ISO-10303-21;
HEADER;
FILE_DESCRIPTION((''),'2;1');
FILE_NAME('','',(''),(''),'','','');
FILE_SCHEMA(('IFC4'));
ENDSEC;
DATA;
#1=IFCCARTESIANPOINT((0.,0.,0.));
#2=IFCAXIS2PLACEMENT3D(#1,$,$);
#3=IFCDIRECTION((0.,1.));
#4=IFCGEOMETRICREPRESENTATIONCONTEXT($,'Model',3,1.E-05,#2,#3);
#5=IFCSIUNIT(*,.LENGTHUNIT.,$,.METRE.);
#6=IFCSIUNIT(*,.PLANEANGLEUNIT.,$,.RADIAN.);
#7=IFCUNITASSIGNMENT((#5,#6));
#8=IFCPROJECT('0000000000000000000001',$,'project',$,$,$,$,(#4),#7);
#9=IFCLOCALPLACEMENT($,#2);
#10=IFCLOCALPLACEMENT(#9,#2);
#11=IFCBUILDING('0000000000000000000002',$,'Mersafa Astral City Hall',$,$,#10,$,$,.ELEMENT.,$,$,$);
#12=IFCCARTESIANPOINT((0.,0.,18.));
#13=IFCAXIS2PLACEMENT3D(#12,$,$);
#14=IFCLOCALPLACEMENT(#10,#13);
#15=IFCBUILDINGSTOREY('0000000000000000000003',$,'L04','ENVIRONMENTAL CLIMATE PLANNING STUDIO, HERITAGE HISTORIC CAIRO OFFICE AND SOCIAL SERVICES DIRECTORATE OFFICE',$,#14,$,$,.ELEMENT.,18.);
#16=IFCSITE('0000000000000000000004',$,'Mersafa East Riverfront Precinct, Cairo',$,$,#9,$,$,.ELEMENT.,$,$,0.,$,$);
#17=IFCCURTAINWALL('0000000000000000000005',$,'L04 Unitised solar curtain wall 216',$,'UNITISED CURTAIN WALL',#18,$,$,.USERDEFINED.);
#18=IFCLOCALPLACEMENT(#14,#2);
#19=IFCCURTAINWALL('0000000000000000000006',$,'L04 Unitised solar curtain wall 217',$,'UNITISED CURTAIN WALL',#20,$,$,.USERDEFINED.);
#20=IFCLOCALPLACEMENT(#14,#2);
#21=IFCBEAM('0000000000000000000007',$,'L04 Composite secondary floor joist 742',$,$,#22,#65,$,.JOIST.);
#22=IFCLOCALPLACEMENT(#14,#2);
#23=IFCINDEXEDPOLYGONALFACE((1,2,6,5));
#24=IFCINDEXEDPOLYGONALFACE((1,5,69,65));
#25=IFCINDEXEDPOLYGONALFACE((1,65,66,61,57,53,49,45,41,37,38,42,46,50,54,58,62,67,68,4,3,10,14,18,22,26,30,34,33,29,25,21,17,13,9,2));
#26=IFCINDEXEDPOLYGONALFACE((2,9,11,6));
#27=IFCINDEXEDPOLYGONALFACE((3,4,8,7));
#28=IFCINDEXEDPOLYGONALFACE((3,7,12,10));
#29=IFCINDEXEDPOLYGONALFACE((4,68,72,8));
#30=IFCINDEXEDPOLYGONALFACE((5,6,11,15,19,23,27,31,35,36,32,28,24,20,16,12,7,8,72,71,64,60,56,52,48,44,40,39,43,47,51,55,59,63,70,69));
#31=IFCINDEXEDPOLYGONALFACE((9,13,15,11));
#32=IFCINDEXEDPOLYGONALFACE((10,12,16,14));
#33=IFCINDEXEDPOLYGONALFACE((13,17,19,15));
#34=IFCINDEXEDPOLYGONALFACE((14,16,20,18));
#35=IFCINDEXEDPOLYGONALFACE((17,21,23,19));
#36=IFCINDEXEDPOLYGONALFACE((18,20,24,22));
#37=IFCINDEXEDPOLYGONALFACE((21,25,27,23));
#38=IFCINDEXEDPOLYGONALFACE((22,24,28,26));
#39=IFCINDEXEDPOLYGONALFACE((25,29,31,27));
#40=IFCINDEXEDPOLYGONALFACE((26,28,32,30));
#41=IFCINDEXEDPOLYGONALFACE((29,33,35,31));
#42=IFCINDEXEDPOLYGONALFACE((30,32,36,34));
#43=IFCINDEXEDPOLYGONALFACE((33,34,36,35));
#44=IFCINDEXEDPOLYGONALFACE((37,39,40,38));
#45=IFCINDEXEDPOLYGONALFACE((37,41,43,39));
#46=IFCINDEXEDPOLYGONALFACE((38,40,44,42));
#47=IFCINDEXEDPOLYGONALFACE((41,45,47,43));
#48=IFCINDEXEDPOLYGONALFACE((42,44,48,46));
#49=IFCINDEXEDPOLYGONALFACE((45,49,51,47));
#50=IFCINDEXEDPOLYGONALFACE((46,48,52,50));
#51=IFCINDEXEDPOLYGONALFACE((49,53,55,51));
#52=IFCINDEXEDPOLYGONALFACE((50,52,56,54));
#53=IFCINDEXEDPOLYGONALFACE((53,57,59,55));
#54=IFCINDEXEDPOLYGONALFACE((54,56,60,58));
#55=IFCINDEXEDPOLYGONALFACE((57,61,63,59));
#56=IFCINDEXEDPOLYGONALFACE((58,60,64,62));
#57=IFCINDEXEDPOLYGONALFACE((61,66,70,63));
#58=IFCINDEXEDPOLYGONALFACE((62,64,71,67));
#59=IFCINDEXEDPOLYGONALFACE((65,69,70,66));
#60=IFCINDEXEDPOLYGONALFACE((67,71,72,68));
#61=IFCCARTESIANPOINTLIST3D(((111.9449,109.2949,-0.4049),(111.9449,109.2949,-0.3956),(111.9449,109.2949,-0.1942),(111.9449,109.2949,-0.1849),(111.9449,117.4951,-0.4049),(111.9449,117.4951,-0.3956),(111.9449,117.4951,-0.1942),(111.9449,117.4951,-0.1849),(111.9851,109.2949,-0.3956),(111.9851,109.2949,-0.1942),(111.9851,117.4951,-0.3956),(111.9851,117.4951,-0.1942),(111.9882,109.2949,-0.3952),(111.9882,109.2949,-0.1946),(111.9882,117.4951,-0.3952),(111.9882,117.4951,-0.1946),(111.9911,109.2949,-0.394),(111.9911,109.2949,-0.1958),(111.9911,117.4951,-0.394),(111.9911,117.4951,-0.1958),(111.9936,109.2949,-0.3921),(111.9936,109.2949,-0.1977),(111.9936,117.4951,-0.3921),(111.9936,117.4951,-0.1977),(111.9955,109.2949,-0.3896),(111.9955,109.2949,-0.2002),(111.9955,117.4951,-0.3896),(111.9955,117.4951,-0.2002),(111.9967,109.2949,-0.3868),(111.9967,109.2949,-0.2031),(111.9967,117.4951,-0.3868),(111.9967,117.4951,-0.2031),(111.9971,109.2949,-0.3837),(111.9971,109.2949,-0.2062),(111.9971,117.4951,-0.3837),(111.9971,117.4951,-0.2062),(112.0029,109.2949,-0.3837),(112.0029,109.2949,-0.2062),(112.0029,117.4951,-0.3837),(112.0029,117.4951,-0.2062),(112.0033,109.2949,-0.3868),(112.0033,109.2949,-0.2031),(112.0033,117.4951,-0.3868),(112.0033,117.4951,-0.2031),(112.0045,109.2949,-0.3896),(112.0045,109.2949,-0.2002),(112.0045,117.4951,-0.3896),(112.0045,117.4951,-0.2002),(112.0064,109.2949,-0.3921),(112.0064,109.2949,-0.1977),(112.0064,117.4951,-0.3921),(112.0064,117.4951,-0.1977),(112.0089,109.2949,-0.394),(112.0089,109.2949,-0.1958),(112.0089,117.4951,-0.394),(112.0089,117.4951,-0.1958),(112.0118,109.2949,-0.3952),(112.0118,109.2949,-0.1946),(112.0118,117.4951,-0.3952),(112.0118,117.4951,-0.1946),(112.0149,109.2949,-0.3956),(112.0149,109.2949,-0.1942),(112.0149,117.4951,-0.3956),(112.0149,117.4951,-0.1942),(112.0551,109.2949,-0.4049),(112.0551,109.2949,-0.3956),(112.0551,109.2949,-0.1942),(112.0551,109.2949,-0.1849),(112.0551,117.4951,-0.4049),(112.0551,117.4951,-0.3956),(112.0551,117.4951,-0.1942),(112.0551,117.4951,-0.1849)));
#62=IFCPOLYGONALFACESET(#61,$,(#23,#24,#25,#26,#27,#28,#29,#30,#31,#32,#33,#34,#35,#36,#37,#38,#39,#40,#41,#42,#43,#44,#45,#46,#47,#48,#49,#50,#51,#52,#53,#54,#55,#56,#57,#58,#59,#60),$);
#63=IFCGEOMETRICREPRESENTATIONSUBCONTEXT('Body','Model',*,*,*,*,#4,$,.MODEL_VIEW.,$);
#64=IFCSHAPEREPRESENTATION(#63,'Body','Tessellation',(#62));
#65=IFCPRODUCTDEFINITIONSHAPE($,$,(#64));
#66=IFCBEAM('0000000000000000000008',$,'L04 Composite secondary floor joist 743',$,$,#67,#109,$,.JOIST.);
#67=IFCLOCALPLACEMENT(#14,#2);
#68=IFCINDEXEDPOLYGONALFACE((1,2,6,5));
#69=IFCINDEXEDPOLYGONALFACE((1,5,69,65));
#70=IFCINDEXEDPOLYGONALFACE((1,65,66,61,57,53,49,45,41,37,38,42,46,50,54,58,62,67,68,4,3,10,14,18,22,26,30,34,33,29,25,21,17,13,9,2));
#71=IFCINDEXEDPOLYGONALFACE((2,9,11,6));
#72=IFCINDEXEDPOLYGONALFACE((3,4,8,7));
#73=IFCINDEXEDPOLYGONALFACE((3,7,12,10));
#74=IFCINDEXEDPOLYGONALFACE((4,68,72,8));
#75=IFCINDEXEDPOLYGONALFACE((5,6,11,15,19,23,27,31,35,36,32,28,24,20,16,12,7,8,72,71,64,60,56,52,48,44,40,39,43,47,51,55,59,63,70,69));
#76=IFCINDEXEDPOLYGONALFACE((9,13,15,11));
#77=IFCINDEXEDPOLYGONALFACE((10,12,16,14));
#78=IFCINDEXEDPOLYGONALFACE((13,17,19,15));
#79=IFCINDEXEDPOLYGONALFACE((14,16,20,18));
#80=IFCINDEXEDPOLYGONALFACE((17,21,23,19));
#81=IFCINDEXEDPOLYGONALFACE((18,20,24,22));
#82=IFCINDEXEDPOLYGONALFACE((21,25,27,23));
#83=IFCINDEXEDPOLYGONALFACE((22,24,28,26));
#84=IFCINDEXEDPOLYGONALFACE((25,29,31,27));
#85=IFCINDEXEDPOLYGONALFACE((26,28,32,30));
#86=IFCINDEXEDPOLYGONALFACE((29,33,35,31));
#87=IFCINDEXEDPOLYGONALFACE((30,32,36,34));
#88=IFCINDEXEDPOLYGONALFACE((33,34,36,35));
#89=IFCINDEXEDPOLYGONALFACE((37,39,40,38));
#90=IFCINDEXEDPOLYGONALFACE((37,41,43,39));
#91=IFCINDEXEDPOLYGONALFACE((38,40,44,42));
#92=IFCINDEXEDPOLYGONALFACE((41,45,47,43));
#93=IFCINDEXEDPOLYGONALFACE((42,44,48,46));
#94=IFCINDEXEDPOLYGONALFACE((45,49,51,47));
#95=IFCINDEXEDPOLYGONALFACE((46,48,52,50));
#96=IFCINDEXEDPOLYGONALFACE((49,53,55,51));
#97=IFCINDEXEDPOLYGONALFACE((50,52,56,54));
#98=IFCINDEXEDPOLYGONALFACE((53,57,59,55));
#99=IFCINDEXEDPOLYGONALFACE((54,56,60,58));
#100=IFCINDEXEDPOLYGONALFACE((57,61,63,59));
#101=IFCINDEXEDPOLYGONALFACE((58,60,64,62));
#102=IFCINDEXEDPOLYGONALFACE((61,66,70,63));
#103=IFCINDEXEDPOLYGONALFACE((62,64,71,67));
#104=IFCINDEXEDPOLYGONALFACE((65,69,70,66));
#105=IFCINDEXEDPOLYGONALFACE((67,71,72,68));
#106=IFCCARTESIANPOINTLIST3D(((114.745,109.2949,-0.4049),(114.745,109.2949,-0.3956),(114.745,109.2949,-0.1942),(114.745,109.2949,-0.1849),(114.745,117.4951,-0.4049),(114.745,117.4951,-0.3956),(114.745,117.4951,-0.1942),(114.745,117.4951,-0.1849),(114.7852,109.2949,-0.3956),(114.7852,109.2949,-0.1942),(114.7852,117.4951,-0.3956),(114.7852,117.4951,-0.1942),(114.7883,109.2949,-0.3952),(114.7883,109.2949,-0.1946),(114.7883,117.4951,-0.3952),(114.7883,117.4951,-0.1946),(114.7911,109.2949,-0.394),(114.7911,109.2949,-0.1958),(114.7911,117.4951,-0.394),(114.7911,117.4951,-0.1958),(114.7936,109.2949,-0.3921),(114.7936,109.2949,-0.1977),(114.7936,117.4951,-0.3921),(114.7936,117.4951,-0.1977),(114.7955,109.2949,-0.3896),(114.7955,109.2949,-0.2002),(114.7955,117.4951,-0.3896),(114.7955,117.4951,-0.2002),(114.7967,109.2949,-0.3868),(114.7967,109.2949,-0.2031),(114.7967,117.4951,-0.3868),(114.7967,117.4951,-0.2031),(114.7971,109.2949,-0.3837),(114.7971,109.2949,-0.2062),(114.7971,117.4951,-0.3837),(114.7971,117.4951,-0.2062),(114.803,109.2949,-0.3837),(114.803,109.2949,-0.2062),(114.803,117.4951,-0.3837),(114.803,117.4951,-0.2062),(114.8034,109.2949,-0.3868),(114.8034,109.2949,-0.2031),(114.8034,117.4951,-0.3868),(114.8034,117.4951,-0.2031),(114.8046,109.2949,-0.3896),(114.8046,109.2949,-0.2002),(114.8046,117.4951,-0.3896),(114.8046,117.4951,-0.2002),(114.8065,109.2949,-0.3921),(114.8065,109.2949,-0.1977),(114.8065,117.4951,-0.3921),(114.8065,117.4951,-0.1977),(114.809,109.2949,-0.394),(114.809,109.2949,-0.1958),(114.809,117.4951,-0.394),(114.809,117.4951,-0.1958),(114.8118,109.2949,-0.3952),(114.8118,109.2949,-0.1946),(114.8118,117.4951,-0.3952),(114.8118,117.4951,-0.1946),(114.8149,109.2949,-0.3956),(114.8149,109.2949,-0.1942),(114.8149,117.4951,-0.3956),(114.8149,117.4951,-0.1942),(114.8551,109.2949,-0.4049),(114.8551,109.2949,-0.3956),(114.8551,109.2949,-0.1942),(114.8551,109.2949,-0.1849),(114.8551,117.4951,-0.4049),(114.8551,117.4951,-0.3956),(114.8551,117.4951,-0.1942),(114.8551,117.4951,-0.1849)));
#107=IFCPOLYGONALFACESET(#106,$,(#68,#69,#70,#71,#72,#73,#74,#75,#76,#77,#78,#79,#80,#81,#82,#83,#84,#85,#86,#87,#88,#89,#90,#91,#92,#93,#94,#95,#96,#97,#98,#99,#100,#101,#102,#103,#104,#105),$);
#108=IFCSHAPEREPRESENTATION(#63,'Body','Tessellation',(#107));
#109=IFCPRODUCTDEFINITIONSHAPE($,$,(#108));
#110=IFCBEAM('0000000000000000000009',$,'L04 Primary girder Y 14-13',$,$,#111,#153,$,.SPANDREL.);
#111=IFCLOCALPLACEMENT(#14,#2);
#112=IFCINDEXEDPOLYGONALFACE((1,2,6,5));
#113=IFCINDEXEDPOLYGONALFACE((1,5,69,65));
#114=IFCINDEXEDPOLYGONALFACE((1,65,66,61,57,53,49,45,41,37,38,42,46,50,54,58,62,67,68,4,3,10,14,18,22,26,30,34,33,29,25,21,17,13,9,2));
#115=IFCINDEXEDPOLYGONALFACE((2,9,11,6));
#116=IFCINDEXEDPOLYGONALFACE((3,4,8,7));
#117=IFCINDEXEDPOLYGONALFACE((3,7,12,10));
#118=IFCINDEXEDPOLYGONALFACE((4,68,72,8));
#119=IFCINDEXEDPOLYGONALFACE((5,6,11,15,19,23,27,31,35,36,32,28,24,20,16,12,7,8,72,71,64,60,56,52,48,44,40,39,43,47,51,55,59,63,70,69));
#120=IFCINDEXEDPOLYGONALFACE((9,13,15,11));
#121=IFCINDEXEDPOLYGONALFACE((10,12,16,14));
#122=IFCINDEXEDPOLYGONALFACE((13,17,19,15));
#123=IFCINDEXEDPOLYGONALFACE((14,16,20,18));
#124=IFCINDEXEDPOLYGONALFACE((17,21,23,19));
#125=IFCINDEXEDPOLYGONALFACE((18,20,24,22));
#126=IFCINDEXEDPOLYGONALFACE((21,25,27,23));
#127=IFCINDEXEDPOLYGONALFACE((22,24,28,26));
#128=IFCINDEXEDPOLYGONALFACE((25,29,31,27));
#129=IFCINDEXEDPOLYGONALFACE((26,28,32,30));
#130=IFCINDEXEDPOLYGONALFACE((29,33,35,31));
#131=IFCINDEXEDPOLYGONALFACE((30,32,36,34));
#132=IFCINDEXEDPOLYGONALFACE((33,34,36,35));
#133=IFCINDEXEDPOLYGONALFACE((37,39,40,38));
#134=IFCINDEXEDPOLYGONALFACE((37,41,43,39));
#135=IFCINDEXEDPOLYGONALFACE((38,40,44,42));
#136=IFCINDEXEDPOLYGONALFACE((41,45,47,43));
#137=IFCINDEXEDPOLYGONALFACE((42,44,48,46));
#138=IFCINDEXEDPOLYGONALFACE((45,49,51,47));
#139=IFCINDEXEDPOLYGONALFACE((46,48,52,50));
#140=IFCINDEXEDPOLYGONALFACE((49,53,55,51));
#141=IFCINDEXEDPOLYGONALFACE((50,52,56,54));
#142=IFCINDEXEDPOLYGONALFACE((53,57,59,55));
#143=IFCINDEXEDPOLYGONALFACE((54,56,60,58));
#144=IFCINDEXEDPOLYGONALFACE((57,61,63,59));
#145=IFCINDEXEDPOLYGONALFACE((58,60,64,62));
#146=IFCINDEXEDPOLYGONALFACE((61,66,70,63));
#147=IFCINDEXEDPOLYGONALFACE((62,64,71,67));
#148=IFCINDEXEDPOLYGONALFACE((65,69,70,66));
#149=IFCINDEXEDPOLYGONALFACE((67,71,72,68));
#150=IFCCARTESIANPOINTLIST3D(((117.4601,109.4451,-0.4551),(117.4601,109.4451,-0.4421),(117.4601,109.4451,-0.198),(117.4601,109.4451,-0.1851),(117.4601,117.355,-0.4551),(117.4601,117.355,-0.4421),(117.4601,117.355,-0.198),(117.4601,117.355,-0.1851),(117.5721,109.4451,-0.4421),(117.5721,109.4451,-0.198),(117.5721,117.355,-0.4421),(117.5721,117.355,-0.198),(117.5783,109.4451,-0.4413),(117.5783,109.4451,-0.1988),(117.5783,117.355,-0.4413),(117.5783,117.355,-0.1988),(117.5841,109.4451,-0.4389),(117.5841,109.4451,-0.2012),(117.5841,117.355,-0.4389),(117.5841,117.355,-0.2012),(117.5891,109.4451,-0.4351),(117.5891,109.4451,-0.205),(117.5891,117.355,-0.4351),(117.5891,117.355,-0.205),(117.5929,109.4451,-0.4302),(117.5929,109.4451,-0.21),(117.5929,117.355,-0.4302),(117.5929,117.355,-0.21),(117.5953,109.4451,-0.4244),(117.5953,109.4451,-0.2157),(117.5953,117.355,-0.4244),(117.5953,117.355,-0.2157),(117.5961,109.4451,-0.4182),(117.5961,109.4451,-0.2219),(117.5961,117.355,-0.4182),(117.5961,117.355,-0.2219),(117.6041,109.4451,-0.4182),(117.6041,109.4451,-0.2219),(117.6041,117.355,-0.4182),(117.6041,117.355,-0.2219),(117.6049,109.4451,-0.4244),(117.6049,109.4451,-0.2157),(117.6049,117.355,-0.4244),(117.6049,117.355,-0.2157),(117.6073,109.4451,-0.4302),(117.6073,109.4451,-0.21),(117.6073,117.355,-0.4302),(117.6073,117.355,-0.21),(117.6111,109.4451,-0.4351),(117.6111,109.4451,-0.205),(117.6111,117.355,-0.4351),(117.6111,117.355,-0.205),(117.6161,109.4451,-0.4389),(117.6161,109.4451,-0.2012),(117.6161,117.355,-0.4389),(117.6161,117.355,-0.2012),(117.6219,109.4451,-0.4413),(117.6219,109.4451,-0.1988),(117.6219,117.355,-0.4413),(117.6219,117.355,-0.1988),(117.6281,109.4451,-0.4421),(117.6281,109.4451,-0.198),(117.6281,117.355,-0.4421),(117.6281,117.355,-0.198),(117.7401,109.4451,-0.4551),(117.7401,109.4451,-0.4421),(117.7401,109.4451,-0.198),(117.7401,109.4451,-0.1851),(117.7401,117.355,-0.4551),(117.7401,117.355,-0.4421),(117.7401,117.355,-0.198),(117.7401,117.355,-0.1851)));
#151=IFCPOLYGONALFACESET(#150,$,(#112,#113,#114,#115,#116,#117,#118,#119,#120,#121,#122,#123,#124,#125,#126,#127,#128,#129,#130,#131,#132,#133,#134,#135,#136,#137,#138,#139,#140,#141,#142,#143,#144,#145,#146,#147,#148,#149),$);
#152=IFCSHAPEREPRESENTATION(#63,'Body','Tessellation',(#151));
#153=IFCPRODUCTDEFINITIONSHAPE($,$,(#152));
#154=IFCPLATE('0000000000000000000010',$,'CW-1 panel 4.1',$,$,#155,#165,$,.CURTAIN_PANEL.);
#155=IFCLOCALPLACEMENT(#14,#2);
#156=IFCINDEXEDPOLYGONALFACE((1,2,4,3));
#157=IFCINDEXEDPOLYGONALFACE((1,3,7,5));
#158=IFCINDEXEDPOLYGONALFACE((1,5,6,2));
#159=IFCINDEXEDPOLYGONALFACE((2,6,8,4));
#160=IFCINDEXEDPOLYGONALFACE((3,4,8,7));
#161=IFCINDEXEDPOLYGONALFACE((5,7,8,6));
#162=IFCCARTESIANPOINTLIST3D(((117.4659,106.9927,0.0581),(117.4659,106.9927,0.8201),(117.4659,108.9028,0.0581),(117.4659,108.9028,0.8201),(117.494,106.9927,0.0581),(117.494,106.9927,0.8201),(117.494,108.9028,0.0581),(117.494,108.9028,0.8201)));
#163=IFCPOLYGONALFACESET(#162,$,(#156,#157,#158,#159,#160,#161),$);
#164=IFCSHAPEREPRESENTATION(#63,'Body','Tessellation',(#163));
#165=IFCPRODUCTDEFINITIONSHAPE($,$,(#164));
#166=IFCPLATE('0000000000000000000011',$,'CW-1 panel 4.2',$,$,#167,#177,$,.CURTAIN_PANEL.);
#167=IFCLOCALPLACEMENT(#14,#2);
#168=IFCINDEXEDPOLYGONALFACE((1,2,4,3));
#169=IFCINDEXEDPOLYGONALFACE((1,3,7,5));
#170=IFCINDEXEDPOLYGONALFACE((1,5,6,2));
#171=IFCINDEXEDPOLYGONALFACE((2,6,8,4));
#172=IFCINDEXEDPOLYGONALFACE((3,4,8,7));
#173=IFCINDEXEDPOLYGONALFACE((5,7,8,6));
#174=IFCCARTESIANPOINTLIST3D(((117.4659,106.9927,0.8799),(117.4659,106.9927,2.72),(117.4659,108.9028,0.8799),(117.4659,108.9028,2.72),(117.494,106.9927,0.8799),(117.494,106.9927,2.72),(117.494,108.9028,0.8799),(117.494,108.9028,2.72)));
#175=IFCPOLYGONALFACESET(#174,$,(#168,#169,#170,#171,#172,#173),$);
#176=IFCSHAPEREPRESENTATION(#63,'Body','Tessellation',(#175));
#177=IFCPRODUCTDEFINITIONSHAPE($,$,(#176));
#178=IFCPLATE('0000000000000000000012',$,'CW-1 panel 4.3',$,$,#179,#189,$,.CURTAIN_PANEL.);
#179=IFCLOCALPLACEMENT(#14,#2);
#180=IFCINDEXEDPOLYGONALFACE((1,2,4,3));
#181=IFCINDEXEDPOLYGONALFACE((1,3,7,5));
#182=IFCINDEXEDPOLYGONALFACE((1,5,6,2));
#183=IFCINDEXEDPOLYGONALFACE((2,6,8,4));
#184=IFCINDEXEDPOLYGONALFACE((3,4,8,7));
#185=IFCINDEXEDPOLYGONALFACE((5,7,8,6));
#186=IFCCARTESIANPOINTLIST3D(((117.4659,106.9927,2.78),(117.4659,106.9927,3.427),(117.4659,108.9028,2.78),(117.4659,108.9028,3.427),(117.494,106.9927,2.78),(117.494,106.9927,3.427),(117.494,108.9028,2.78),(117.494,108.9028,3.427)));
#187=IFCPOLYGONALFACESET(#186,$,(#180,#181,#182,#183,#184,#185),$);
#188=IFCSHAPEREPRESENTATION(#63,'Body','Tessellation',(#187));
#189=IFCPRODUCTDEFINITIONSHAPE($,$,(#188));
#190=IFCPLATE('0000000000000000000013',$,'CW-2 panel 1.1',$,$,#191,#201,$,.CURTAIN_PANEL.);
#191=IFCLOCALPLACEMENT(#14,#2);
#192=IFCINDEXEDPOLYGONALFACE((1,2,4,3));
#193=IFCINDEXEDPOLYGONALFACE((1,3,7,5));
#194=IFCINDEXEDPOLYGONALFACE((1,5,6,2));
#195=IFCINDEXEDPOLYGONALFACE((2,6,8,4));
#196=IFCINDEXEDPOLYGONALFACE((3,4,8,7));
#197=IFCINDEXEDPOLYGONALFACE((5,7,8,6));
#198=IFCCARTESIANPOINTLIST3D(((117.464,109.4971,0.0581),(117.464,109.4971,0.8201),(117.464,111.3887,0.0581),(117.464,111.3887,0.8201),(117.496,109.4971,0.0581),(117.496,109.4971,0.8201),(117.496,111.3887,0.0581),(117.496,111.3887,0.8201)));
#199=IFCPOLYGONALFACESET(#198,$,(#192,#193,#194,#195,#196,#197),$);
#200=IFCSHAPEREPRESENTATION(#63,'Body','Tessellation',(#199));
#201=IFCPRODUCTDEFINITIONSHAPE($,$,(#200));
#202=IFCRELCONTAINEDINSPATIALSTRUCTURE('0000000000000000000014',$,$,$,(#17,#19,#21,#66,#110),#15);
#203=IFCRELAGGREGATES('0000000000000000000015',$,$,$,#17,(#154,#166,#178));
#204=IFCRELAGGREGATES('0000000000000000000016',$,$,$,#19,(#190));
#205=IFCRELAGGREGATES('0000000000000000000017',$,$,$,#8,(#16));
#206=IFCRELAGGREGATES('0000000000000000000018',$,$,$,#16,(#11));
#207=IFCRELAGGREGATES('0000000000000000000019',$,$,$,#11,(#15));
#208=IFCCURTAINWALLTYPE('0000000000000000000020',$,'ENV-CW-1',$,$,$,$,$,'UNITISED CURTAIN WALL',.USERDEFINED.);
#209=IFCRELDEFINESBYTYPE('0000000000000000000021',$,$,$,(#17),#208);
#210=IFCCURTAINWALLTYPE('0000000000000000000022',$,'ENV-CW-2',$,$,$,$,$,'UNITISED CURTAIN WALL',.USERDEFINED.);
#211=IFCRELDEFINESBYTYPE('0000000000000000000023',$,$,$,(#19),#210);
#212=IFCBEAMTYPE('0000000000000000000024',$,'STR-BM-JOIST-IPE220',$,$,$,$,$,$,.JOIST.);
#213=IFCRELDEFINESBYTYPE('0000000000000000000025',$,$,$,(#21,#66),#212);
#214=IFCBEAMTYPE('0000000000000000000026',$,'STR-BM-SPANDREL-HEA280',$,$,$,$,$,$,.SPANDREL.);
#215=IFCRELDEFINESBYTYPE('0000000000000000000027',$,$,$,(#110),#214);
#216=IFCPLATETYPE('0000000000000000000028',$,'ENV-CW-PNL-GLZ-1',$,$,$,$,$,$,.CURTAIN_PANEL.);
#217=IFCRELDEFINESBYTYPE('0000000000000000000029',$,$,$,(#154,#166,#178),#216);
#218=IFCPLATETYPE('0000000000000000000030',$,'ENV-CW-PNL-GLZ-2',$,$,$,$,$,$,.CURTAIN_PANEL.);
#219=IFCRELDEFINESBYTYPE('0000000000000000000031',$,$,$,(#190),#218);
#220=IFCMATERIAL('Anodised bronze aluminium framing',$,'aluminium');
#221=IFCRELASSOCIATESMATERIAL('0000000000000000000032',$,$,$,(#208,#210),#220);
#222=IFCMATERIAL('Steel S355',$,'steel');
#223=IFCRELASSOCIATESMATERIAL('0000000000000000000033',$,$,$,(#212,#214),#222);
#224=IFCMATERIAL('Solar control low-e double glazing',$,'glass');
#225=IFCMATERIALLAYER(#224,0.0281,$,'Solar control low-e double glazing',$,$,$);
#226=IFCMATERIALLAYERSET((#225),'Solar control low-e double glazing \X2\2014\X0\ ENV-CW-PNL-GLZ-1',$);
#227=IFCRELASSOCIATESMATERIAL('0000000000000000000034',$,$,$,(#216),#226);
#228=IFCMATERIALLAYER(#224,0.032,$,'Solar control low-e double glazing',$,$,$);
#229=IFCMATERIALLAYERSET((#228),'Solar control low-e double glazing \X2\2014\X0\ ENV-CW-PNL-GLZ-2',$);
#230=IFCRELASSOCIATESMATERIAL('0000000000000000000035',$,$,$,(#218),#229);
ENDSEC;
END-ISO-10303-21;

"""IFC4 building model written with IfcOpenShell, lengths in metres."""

from ifc_helpers import new_model, si_unit, direction, frame, origin, origin_2d, place, context, subcontext, project, spatial, rectangle, i_section, extrude, material, layer, layer_set, material_profile, profile_set, type_object, element, aggregate, save


model = new_model("IFC4")

# Units and contexts
model_context = context("Model", 3, precision=1e-05, world=origin(), true_north=direction((0.0, 1.0)))
body_context = subcontext(model_context, "Body", "Model", "MODEL_VIEW")
ifc_project = project(units=[si_unit("LENGTHUNIT", "METRE"), si_unit("PLANEANGLEUNIT", "RADIAN")], contexts=[model_context])

# Site, building, storey
site_placement = place(None, origin())
site = spatial("IfcSite", under=ifc_project, at=site_placement, Name="Mersafa East Riverfront Precinct, Cairo", CompositionType="ELEMENT", RefElevation=0.0)
building_placement = place(site_placement, origin())
building = spatial("IfcBuilding", under=site, at=building_placement, Name="Mersafa Astral City Hall", CompositionType="ELEMENT")
storey_placement = place(building_placement, frame((0.0, 0.0, 18.0)))
storey = spatial("IfcBuildingStorey", under=building, at=storey_placement, Name="L04", Description="ENVIRONMENTAL CLIMATE PLANNING STUDIO, HERITAGE HISTORIC CAIRO OFFICE AND SOCIAL SERVICES DIRECTORATE OFFICE", CompositionType="ELEMENT", Elevation=18.0)

# Shared definitions
ifc_material_1 = material(Name="Steel S355", Category="steel")

# Curtain wall
ifc_material_2 = material(Name="Anodised bronze aluminium framing", Category="aluminium")
curtain_wall_type_1 = type_object("IfcCurtainWallType", Name="ENV-CW-1", ElementType="UNITISED CURTAIN WALL", PredefinedType="USERDEFINED", material=ifc_material_2)
curtain_wall_1_placement = place(storey_placement, origin())
curtain_wall_1 = element("IfcCurtainWall", 1, at=curtain_wall_1_placement, inside=storey, type_object=curtain_wall_type_1, Name="L04 Unitised solar curtain wall 216", ObjectType="UNITISED CURTAIN WALL", PredefinedType="USERDEFINED")

# Curtain wall
curtain_wall_type_2 = type_object("IfcCurtainWallType", Name="ENV-CW-2", ElementType="UNITISED CURTAIN WALL", PredefinedType="USERDEFINED", material=ifc_material_2)
curtain_wall_2_placement = place(storey_placement, origin())
curtain_wall_2 = element("IfcCurtainWall", 2, at=curtain_wall_2_placement, inside=storey, type_object=curtain_wall_type_2, Name="L04 Unitised solar curtain wall 217", ObjectType="UNITISED CURTAIN WALL", PredefinedType="USERDEFINED")

# Beams
ifc_material_profile_1 = material_profile(ifc_material_1, i_section(OverallWidth=0.1101, OverallDepth=0.22, WebThickness=0.0059, FlangeThickness=0.0093, FilletRadius=0.012, at=origin_2d()), Name="IPE 220")
ifc_profile_set_1 = profile_set([ifc_material_profile_1], Name="Steel S355")
beam_type_1 = type_object("IfcBeamType", Name="STR-BM-JOIST-IPE220", PredefinedType="JOIST", material=ifc_profile_set_1)
for number, where, z_axis, x_axis, name in (
    (3, (112.0, 109.2949, -0.2949), (0.0, 1.0, 0.0), (-1.0, 0.0, 0.0), "L04 Composite secondary floor joist 742"),
    (4, (114.8, 109.2949, -0.2949), (0.0, 1.0, 0.0), (-1.0, 0.0, 0.0), "L04 Composite secondary floor joist 743"),
):
    element("IfcBeam", number, at=place(storey_placement, frame(where, z_axis=z_axis, x_axis=x_axis)), inside=storey, type_object=beam_type_1, Name=name, PredefinedType="JOIST", context=body_context, shape_type="SweptSolid", body=[
        extrude(i_section(OverallWidth=0.1101, OverallDepth=0.22, WebThickness=0.0059, FlangeThickness=0.0093, FilletRadius=0.012, at=origin_2d()), origin(), (0.0, 0.0, 1.0), 8.2002),
    ])
ifc_material_profile_2 = material_profile(ifc_material_1, i_section(OverallWidth=0.28, OverallDepth=0.27, WebThickness=0.0081, FlangeThickness=0.0129, FilletRadius=0.0239, at=origin_2d()), Name="HEA 280")
ifc_profile_set_2 = profile_set([ifc_material_profile_2], Name="Steel S355")
beam_type_2 = type_object("IfcBeamType", Name="STR-BM-SPANDREL-HEA280", PredefinedType="SPANDREL", material=ifc_profile_set_2)
beam_1_placement = place(storey_placement, frame((117.6001, 109.4451, -0.3201), z_axis=(0.0, 1.0, 0.0), x_axis=(-1.0, 0.0, 0.0)))
element("IfcBeam", 5, at=beam_1_placement, inside=storey, type_object=beam_type_2, Name="L04 Primary girder Y 14-13", PredefinedType="SPANDREL", context=body_context, shape_type="SweptSolid", body=[
    extrude(i_section(OverallWidth=0.28, OverallDepth=0.27, WebThickness=0.0081, FlangeThickness=0.0129, FilletRadius=0.0239, at=origin_2d()), origin(), (0.0, 0.0, 1.0), 7.9099),
])

# Plates
ifc_material_3 = material(Name="Solar control low-e double glazing", Category="glass")
ifc_layer_1 = layer(ifc_material_3, 0.0281, Name="Solar control low-e double glazing")
ifc_layer_set_1 = layer_set([ifc_layer_1], Name="Solar control low-e double glazing — ENV-CW-PNL-GLZ-1")
plate_type_1 = type_object("IfcPlateType", Name="ENV-CW-PNL-GLZ-1", PredefinedType="CURTAIN_PANEL", material=ifc_layer_set_1)
plate_1_placement = place(storey_placement, frame((117.48, 107.9478, 0.0581), z_axis=(0.0, 0.0, 1.0), x_axis=(0.0, 1.0, 0.0)))
plate_1 = element("IfcPlate", 6, at=plate_1_placement, type_object=plate_type_1, Name="CW-1 panel 4.1", PredefinedType="CURTAIN_PANEL", context=body_context, shape_type="SweptSolid", body=[
    extrude(rectangle(XDim=1.9102, YDim=0.0281, at=origin_2d()), origin(), (0.0, 0.0, 1.0), 0.762),
])
plate_2_placement = place(storey_placement, frame((117.48, 107.9478, 0.8799), z_axis=(0.0, 0.0, 1.0), x_axis=(0.0, 1.0, 0.0)))
plate_2 = element("IfcPlate", 7, at=plate_2_placement, type_object=plate_type_1, Name="CW-1 panel 4.2", PredefinedType="CURTAIN_PANEL", context=body_context, shape_type="SweptSolid", body=[
    extrude(rectangle(XDim=1.9102, YDim=0.0281, at=origin_2d()), origin(), (0.0, 0.0, 1.0), 1.8401),
])
plate_3_placement = place(storey_placement, frame((117.48, 107.9478, 2.78), z_axis=(0.0, 0.0, 1.0), x_axis=(0.0, 1.0, 0.0)))
plate_3 = element("IfcPlate", 8, at=plate_3_placement, type_object=plate_type_1, Name="CW-1 panel 4.3", PredefinedType="CURTAIN_PANEL", context=body_context, shape_type="SweptSolid", body=[
    extrude(rectangle(XDim=1.9102, YDim=0.0281, at=origin_2d()), origin(), (0.0, 0.0, 1.0), 0.647),
])
aggregate(curtain_wall_1, [plate_1, plate_2, plate_3])
ifc_layer_2 = layer(ifc_material_3, 0.032, Name="Solar control low-e double glazing")
ifc_layer_set_2 = layer_set([ifc_layer_2], Name="Solar control low-e double glazing — ENV-CW-PNL-GLZ-2")
plate_type_2 = type_object("IfcPlateType", Name="ENV-CW-PNL-GLZ-2", PredefinedType="CURTAIN_PANEL", material=ifc_layer_set_2)
plate_4_placement = place(storey_placement, frame((117.48, 110.4429, 0.0581), z_axis=(0.0, 0.0, 1.0), x_axis=(0.0, 1.0, 0.0)))
plate_4 = element("IfcPlate", 9, at=plate_4_placement, type_object=plate_type_2, Name="CW-2 panel 1.1", PredefinedType="CURTAIN_PANEL", context=body_context, shape_type="SweptSolid", body=[
    extrude(rectangle(XDim=1.8916, YDim=0.032, at=origin_2d()), origin(), (0.0, 0.0, 1.0), 0.762),
])
aggregate(curtain_wall_2, [plate_4])

save(model, "model.ifc")
